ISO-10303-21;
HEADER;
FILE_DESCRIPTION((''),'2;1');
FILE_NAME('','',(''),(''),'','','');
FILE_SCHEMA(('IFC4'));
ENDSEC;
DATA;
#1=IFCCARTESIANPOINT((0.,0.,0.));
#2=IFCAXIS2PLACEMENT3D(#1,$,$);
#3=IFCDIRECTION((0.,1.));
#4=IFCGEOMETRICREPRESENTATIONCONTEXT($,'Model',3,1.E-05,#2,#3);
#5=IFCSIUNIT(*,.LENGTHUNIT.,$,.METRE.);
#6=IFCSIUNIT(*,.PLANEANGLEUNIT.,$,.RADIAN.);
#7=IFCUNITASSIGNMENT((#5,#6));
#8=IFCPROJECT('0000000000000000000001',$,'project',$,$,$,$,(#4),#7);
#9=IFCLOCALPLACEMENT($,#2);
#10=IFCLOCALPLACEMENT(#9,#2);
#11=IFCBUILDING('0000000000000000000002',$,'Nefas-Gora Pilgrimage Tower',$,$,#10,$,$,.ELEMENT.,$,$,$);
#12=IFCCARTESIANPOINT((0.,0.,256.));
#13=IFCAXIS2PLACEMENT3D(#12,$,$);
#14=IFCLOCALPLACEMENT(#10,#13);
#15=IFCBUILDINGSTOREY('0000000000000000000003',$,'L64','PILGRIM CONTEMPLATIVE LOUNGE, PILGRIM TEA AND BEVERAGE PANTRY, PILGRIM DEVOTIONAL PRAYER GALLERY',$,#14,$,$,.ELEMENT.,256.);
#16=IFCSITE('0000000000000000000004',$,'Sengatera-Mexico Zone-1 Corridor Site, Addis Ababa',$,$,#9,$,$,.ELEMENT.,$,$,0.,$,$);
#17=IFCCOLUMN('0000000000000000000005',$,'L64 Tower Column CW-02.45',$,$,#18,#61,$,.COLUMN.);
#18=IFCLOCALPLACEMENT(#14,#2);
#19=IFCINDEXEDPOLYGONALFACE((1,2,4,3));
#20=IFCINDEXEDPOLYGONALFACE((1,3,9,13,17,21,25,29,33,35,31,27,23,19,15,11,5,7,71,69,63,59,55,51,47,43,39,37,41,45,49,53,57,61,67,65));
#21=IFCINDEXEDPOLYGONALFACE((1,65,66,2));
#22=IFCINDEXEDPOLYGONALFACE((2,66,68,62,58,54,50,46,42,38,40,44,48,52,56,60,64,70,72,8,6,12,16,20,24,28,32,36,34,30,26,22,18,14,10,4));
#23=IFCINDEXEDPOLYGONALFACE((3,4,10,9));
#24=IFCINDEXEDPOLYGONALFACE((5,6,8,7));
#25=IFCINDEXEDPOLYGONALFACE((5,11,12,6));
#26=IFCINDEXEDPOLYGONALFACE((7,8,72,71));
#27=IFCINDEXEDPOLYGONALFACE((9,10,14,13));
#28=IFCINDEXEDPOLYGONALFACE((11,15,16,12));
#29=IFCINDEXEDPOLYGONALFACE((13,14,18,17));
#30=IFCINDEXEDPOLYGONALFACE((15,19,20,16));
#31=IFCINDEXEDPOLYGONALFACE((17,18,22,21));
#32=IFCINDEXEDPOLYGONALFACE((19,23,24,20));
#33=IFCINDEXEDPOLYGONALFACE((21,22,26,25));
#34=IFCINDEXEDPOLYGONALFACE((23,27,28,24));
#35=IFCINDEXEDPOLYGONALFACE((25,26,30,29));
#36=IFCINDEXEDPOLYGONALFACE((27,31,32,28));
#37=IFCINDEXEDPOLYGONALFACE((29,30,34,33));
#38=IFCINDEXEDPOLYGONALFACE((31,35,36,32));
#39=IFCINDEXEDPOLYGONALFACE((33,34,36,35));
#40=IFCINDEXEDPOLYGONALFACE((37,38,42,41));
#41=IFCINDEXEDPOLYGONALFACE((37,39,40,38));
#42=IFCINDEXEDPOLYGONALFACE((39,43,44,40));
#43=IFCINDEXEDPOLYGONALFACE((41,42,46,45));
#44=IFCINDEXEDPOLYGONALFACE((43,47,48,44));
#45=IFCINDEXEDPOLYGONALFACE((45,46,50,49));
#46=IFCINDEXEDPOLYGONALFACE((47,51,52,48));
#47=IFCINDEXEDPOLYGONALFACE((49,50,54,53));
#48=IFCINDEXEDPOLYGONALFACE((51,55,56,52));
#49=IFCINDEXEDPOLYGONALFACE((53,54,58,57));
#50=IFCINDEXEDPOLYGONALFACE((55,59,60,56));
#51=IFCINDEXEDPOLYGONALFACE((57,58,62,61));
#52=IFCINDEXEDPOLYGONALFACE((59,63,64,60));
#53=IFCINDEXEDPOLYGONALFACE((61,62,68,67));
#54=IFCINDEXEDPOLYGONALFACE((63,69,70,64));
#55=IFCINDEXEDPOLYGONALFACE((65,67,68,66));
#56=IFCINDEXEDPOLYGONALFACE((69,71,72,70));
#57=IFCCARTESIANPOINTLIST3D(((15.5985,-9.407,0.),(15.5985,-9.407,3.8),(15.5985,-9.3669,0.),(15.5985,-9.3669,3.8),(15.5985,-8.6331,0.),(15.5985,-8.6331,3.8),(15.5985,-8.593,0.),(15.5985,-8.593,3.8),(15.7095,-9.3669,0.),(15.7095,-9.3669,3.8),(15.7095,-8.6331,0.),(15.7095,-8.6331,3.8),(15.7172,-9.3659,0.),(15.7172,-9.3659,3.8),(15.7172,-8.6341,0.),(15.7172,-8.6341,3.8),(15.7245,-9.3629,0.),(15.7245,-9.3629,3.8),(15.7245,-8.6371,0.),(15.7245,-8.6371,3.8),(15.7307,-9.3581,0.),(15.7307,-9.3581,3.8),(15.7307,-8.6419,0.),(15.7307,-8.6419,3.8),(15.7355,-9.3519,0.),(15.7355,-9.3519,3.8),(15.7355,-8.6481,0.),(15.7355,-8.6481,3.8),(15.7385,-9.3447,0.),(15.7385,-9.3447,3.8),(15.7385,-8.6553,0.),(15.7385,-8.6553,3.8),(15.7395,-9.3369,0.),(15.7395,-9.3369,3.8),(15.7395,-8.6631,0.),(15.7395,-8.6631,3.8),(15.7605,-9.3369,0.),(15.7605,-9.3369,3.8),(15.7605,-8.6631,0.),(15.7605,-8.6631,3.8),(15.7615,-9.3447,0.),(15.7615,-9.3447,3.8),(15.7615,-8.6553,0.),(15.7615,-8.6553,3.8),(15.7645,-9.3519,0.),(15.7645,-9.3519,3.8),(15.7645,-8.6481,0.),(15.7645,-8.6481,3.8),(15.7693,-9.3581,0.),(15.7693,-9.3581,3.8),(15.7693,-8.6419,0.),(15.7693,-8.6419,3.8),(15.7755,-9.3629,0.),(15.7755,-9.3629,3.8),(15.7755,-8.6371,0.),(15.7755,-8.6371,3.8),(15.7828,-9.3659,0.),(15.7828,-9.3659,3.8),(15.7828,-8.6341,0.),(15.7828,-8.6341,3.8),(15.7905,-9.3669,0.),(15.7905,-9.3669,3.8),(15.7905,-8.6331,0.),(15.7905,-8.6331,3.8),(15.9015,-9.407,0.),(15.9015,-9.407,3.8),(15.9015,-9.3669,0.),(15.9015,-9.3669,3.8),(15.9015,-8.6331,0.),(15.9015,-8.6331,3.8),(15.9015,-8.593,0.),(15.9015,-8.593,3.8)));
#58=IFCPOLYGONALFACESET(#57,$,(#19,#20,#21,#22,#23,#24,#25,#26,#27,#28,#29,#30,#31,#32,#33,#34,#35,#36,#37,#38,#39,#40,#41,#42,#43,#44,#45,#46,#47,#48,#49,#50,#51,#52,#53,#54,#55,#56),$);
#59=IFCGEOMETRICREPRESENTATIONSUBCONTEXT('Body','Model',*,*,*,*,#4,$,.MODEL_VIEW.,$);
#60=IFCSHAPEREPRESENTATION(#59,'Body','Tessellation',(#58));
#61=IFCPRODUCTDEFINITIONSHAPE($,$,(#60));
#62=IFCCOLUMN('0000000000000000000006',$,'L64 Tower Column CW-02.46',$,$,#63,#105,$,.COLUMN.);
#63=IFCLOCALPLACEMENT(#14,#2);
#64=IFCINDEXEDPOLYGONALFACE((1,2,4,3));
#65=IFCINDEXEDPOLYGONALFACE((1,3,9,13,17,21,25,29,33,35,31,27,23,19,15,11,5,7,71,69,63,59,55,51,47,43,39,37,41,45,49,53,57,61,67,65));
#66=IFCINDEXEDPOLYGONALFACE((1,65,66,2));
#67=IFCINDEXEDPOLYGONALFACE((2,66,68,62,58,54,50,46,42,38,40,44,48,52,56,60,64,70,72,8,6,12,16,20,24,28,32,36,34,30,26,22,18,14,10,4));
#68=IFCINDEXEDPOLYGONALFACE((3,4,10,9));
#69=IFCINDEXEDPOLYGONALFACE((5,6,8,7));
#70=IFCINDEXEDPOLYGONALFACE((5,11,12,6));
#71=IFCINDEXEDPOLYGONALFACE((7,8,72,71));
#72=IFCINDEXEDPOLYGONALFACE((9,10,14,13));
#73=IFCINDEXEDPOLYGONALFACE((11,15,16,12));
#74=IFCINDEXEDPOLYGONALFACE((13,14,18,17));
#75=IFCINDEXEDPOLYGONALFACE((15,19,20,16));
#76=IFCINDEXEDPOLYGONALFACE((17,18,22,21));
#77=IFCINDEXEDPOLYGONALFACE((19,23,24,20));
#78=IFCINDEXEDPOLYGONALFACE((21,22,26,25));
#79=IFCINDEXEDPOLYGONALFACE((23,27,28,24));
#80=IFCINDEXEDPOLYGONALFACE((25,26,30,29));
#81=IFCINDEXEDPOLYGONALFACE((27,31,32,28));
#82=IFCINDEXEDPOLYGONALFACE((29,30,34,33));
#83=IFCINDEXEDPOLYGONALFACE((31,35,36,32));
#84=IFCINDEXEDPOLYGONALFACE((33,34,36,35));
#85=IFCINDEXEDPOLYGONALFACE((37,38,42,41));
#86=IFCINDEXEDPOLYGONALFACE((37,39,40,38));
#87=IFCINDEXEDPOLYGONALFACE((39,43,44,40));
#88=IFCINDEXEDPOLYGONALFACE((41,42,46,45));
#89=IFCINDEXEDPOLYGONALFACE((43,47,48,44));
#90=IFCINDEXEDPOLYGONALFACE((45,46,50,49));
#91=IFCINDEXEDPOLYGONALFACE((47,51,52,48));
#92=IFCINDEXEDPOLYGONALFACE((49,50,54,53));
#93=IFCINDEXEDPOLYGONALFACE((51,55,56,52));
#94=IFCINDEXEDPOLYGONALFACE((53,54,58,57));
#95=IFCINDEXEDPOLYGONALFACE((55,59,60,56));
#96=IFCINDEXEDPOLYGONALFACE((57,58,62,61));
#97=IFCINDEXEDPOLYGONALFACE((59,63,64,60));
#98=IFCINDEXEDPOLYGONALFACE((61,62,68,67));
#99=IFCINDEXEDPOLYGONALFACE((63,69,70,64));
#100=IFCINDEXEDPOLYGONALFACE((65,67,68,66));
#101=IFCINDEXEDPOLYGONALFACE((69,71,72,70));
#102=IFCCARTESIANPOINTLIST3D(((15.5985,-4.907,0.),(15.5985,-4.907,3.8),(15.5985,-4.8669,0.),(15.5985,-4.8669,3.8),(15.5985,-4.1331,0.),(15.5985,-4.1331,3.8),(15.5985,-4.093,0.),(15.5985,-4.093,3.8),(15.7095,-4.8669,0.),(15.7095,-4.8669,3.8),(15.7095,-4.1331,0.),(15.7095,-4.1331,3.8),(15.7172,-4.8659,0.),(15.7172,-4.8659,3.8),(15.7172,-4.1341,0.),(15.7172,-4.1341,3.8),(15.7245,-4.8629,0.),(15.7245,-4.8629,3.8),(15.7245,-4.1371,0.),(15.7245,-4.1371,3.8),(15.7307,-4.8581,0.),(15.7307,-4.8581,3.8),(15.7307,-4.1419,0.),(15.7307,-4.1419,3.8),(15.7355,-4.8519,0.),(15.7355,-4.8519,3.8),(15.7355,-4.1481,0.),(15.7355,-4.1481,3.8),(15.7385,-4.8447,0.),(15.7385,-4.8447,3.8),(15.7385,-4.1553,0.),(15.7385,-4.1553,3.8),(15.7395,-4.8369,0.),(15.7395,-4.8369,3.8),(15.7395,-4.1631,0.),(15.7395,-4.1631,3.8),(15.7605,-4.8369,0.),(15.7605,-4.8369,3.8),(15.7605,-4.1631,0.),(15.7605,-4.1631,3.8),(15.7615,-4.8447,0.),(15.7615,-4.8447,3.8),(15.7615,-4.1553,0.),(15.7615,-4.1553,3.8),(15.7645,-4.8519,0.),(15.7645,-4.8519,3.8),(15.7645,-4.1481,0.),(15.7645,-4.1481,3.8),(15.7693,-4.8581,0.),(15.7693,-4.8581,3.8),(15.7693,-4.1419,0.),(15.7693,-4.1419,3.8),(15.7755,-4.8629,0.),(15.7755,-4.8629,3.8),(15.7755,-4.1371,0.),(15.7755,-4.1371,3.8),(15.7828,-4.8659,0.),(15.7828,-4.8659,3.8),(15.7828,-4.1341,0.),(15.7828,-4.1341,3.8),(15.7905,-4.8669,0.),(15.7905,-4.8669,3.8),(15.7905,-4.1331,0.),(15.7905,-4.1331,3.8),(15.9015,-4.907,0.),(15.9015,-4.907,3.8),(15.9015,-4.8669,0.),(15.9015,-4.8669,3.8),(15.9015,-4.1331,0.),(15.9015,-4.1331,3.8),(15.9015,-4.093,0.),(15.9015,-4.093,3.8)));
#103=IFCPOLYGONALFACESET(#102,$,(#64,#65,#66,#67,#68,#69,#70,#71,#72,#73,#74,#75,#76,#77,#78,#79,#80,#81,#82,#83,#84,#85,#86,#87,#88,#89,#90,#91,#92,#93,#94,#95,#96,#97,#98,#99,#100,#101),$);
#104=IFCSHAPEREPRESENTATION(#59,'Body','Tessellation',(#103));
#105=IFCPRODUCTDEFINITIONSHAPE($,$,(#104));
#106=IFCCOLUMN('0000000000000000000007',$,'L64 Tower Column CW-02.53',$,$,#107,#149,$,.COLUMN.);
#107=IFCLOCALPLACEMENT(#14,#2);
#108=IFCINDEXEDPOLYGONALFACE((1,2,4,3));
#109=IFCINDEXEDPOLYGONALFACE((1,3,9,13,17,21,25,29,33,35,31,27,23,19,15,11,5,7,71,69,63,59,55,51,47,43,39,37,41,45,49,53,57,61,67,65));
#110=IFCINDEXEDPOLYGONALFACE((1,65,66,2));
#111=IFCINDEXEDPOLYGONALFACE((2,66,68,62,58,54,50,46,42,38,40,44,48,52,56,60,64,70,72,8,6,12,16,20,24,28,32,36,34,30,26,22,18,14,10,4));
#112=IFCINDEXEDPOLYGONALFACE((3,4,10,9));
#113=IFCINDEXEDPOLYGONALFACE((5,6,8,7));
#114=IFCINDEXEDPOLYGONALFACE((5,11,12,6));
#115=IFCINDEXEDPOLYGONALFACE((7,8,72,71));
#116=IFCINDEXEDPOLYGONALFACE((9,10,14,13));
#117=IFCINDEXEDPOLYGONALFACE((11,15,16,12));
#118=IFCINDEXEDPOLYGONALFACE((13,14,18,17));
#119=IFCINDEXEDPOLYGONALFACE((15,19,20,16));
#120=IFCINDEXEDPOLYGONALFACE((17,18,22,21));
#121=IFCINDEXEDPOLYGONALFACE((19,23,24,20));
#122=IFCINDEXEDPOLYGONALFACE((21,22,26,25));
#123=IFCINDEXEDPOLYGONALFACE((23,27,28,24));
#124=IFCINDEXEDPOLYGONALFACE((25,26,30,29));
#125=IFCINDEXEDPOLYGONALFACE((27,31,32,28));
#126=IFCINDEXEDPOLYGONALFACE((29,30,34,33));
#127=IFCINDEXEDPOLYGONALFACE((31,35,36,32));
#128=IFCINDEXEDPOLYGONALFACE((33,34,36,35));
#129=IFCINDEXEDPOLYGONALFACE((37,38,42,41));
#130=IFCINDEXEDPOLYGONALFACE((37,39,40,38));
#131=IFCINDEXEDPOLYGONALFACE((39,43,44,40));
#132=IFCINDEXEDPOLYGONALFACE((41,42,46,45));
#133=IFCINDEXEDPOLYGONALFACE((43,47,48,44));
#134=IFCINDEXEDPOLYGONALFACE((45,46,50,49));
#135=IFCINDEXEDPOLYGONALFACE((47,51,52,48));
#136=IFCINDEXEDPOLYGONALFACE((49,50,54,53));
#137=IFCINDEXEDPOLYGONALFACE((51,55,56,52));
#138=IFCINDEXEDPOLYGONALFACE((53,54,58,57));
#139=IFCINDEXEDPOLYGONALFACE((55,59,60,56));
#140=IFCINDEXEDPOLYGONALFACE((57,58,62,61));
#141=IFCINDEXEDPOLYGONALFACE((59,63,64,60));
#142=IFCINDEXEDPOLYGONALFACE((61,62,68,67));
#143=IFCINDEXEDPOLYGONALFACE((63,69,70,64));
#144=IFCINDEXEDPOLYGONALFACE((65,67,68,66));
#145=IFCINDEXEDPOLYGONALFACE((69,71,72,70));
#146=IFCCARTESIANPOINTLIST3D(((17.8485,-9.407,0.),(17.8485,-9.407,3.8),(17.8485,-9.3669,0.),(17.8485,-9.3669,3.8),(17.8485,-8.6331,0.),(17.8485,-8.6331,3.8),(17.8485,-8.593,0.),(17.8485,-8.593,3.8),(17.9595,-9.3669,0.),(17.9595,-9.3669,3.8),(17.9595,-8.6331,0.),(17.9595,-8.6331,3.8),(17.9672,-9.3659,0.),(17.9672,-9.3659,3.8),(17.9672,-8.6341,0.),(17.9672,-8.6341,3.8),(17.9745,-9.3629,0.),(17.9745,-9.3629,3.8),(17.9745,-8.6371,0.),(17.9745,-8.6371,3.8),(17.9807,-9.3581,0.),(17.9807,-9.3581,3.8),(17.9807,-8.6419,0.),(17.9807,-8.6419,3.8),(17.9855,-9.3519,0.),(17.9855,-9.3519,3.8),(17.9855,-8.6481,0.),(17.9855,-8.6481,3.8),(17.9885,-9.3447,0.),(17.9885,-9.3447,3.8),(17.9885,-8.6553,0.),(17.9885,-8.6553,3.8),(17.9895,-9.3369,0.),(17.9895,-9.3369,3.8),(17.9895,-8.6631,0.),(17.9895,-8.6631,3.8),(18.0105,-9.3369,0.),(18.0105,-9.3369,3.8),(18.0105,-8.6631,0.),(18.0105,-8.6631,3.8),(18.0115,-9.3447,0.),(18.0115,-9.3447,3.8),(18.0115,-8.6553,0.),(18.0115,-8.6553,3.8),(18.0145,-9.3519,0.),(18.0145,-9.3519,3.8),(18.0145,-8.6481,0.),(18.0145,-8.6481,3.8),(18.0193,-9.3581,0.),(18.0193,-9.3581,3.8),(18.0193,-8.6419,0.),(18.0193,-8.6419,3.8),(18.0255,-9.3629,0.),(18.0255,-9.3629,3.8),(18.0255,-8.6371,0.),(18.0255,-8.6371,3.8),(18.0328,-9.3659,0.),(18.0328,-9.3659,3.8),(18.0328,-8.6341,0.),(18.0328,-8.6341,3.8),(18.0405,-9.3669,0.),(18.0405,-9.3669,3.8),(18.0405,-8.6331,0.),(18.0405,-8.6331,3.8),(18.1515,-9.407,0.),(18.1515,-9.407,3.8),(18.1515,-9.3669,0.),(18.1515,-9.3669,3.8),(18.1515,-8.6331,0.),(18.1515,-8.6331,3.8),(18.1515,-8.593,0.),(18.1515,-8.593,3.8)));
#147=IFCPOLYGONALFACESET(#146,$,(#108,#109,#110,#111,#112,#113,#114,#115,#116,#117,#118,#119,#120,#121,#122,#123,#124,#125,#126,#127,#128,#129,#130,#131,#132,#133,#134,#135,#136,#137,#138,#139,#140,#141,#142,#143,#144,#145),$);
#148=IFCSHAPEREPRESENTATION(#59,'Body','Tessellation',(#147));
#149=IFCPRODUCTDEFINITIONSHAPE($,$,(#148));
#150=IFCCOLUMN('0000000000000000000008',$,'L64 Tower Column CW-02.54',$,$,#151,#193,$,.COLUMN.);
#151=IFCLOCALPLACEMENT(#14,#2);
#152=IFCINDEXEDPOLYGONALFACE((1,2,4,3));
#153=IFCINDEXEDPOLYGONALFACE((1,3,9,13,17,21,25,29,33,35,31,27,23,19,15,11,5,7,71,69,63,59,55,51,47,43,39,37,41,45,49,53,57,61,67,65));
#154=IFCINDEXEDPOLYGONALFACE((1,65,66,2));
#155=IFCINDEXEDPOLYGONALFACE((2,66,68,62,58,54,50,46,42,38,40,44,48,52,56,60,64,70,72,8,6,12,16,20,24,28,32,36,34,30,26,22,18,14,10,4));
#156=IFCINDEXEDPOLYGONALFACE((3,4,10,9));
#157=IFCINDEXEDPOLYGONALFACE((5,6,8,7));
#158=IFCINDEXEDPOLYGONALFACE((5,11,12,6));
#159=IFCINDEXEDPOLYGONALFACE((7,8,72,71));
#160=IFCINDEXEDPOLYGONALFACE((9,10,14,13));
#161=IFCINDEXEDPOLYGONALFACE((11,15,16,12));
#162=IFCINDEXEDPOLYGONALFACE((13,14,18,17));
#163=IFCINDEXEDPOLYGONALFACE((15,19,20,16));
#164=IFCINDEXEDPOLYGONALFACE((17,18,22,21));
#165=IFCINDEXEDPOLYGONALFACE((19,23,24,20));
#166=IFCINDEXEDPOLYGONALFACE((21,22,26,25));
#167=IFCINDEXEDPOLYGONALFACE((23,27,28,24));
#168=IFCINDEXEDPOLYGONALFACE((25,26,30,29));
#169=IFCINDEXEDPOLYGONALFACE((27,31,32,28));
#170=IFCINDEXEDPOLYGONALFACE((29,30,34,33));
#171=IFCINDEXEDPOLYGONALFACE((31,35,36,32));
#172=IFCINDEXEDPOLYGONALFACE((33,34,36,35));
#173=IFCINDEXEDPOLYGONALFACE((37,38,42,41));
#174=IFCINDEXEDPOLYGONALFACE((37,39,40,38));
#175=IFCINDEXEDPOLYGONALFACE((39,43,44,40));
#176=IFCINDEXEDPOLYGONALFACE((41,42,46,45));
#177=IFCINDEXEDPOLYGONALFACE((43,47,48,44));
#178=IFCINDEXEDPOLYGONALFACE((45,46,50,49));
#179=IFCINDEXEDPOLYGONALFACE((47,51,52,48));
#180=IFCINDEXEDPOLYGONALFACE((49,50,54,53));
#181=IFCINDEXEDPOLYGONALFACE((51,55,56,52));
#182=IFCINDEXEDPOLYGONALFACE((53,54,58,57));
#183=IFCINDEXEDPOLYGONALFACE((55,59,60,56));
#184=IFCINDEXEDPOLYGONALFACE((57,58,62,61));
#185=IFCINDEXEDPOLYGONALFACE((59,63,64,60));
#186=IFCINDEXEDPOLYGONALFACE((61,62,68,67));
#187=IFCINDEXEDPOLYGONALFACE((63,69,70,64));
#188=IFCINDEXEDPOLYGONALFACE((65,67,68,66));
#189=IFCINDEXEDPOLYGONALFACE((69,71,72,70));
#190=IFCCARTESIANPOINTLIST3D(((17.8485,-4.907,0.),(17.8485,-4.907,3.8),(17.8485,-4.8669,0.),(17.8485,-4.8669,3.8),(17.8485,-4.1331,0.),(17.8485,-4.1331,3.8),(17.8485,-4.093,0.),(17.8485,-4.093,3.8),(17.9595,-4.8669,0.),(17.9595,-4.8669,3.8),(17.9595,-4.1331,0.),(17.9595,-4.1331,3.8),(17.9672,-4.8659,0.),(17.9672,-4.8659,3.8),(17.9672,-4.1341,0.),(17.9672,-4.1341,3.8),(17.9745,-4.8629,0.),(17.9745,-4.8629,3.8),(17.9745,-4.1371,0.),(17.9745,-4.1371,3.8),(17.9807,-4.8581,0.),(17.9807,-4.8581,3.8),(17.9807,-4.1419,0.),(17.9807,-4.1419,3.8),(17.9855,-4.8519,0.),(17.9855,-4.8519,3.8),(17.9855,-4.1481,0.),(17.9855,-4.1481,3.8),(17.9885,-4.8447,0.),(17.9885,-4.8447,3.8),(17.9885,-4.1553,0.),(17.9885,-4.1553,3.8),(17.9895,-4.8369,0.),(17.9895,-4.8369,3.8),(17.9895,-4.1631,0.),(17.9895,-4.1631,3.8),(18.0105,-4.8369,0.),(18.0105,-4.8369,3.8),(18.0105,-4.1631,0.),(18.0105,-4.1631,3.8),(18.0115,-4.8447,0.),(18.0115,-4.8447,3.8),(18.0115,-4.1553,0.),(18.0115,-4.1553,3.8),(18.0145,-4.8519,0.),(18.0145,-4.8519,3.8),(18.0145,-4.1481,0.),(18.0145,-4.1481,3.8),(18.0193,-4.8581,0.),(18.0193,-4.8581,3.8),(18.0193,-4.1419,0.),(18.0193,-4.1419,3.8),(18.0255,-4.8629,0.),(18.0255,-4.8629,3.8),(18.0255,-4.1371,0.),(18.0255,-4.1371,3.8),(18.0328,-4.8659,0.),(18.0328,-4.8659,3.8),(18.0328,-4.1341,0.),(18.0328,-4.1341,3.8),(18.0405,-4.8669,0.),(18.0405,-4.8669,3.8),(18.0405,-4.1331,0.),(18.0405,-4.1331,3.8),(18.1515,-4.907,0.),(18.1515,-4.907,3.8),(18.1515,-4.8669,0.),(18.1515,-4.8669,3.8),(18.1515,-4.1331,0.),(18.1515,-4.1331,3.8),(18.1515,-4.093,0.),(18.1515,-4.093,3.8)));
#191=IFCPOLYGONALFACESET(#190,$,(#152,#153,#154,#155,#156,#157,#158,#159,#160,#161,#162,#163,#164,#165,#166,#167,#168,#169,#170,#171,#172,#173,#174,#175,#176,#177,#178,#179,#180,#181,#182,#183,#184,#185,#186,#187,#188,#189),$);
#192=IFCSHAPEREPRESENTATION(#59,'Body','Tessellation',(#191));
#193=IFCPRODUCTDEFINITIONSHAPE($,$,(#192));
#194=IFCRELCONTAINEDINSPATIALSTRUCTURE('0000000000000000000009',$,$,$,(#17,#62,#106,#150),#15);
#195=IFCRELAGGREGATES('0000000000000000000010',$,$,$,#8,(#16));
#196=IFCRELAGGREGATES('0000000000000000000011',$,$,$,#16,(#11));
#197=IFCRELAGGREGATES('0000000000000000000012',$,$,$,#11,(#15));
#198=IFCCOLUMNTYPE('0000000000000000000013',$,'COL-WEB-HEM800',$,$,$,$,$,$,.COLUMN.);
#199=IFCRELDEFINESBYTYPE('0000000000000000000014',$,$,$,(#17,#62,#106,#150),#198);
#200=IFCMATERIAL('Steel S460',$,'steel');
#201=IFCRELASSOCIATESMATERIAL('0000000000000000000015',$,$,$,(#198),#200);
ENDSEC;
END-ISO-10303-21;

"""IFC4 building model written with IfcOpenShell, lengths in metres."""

from ifc_helpers import new_model, si_unit, direction, frame, origin, origin_2d, place, context, subcontext, project, spatial, i_section, extrude, source, transform, mapped, material, material_profile, profile_set, type_object, element, save


model = new_model("IFC4")

# Units and contexts
model_context = context("Model", 3, precision=1e-05, world=origin(), true_north=direction((0.0, 1.0)))
body_context = subcontext(model_context, "Body", "Model", "MODEL_VIEW")
ifc_project = project(units=[si_unit("LENGTHUNIT", "METRE"), si_unit("PLANEANGLEUNIT", "RADIAN")], contexts=[model_context])

# Site, building, storey
site_placement = place(None, origin())
site = spatial("IfcSite", under=ifc_project, at=site_placement, Name="Sengatera-Mexico Zone-1 Corridor Site, Addis Ababa", CompositionType="ELEMENT", RefElevation=0.0)
building_placement = place(site_placement, origin())
building = spatial("IfcBuilding", under=site, at=building_placement, Name="Nefas-Gora Pilgrimage Tower", CompositionType="ELEMENT")
storey_placement = place(building_placement, frame((0.0, 0.0, 256.0)))
storey = spatial("IfcBuildingStorey", under=building, at=storey_placement, Name="L64", Description="PILGRIM CONTEMPLATIVE LOUNGE, PILGRIM TEA AND BEVERAGE PANTRY, PILGRIM DEVOTIONAL PRAYER GALLERY", CompositionType="ELEMENT", Elevation=256.0)

# Columns
ifc_material_1 = material(Name="Steel S460", Category="steel")
ifc_material_profile_1 = material_profile(ifc_material_1, i_section(OverallWidth=0.303, OverallDepth=0.814, WebThickness=0.021, FlangeThickness=0.04, FilletRadius=0.03, at=origin_2d()), Name="HEM 800")
ifc_profile_set_1 = profile_set([ifc_material_profile_1], Name="Steel S460")
column_type_1 = type_object("IfcColumnType", Name="COL-WEB-HEM800", PredefinedType="COLUMN", material=ifc_profile_set_1)
shared_shape_1 = source(origin(), body_context, "Body", "SweptSolid", [
    extrude(i_section(OverallWidth=0.303, OverallDepth=0.814, WebThickness=0.021, FlangeThickness=0.04, FilletRadius=0.03, at=origin_2d()), origin(), (0.0, 0.0, 1.0), 3.8),
])
for number, where, z_axis, x_axis, name in (
    (1, (15.75, -9.0, 0.0), (0.0, 0.0, 1.0), (1.0, 0.0, 0.0), "L64 Tower Column CW-02.45"),
    (2, (15.75, -4.5, 0.0), (0.0, 0.0, 1.0), (1.0, 0.0, 0.0), "L64 Tower Column CW-02.46"),
    (3, (18.0, -9.0, 0.0), (0.0, 0.0, 1.0), (1.0, 0.0, 0.0), "L64 Tower Column CW-02.53"),
    (4, (18.0, -4.5, 0.0), (0.0, 0.0, 1.0), (1.0, 0.0, 0.0), "L64 Tower Column CW-02.54"),
):
    element("IfcColumn", number, at=place(storey_placement, frame(where, z_axis=z_axis, x_axis=x_axis)), inside=storey, type_object=column_type_1, Name=name, PredefinedType="COLUMN", context=body_context, shape_type="MappedRepresentation", body=[
        mapped(shared_shape_1, transform((0.0, 0.0, 0.0), x_axis=(1.0, 0.0, 0.0), y_axis=(0.0, 1.0, 0.0), z_axis=(0.0, 0.0, 1.0), scale=1.0)),
    ])

save(model, "model.ifc")
